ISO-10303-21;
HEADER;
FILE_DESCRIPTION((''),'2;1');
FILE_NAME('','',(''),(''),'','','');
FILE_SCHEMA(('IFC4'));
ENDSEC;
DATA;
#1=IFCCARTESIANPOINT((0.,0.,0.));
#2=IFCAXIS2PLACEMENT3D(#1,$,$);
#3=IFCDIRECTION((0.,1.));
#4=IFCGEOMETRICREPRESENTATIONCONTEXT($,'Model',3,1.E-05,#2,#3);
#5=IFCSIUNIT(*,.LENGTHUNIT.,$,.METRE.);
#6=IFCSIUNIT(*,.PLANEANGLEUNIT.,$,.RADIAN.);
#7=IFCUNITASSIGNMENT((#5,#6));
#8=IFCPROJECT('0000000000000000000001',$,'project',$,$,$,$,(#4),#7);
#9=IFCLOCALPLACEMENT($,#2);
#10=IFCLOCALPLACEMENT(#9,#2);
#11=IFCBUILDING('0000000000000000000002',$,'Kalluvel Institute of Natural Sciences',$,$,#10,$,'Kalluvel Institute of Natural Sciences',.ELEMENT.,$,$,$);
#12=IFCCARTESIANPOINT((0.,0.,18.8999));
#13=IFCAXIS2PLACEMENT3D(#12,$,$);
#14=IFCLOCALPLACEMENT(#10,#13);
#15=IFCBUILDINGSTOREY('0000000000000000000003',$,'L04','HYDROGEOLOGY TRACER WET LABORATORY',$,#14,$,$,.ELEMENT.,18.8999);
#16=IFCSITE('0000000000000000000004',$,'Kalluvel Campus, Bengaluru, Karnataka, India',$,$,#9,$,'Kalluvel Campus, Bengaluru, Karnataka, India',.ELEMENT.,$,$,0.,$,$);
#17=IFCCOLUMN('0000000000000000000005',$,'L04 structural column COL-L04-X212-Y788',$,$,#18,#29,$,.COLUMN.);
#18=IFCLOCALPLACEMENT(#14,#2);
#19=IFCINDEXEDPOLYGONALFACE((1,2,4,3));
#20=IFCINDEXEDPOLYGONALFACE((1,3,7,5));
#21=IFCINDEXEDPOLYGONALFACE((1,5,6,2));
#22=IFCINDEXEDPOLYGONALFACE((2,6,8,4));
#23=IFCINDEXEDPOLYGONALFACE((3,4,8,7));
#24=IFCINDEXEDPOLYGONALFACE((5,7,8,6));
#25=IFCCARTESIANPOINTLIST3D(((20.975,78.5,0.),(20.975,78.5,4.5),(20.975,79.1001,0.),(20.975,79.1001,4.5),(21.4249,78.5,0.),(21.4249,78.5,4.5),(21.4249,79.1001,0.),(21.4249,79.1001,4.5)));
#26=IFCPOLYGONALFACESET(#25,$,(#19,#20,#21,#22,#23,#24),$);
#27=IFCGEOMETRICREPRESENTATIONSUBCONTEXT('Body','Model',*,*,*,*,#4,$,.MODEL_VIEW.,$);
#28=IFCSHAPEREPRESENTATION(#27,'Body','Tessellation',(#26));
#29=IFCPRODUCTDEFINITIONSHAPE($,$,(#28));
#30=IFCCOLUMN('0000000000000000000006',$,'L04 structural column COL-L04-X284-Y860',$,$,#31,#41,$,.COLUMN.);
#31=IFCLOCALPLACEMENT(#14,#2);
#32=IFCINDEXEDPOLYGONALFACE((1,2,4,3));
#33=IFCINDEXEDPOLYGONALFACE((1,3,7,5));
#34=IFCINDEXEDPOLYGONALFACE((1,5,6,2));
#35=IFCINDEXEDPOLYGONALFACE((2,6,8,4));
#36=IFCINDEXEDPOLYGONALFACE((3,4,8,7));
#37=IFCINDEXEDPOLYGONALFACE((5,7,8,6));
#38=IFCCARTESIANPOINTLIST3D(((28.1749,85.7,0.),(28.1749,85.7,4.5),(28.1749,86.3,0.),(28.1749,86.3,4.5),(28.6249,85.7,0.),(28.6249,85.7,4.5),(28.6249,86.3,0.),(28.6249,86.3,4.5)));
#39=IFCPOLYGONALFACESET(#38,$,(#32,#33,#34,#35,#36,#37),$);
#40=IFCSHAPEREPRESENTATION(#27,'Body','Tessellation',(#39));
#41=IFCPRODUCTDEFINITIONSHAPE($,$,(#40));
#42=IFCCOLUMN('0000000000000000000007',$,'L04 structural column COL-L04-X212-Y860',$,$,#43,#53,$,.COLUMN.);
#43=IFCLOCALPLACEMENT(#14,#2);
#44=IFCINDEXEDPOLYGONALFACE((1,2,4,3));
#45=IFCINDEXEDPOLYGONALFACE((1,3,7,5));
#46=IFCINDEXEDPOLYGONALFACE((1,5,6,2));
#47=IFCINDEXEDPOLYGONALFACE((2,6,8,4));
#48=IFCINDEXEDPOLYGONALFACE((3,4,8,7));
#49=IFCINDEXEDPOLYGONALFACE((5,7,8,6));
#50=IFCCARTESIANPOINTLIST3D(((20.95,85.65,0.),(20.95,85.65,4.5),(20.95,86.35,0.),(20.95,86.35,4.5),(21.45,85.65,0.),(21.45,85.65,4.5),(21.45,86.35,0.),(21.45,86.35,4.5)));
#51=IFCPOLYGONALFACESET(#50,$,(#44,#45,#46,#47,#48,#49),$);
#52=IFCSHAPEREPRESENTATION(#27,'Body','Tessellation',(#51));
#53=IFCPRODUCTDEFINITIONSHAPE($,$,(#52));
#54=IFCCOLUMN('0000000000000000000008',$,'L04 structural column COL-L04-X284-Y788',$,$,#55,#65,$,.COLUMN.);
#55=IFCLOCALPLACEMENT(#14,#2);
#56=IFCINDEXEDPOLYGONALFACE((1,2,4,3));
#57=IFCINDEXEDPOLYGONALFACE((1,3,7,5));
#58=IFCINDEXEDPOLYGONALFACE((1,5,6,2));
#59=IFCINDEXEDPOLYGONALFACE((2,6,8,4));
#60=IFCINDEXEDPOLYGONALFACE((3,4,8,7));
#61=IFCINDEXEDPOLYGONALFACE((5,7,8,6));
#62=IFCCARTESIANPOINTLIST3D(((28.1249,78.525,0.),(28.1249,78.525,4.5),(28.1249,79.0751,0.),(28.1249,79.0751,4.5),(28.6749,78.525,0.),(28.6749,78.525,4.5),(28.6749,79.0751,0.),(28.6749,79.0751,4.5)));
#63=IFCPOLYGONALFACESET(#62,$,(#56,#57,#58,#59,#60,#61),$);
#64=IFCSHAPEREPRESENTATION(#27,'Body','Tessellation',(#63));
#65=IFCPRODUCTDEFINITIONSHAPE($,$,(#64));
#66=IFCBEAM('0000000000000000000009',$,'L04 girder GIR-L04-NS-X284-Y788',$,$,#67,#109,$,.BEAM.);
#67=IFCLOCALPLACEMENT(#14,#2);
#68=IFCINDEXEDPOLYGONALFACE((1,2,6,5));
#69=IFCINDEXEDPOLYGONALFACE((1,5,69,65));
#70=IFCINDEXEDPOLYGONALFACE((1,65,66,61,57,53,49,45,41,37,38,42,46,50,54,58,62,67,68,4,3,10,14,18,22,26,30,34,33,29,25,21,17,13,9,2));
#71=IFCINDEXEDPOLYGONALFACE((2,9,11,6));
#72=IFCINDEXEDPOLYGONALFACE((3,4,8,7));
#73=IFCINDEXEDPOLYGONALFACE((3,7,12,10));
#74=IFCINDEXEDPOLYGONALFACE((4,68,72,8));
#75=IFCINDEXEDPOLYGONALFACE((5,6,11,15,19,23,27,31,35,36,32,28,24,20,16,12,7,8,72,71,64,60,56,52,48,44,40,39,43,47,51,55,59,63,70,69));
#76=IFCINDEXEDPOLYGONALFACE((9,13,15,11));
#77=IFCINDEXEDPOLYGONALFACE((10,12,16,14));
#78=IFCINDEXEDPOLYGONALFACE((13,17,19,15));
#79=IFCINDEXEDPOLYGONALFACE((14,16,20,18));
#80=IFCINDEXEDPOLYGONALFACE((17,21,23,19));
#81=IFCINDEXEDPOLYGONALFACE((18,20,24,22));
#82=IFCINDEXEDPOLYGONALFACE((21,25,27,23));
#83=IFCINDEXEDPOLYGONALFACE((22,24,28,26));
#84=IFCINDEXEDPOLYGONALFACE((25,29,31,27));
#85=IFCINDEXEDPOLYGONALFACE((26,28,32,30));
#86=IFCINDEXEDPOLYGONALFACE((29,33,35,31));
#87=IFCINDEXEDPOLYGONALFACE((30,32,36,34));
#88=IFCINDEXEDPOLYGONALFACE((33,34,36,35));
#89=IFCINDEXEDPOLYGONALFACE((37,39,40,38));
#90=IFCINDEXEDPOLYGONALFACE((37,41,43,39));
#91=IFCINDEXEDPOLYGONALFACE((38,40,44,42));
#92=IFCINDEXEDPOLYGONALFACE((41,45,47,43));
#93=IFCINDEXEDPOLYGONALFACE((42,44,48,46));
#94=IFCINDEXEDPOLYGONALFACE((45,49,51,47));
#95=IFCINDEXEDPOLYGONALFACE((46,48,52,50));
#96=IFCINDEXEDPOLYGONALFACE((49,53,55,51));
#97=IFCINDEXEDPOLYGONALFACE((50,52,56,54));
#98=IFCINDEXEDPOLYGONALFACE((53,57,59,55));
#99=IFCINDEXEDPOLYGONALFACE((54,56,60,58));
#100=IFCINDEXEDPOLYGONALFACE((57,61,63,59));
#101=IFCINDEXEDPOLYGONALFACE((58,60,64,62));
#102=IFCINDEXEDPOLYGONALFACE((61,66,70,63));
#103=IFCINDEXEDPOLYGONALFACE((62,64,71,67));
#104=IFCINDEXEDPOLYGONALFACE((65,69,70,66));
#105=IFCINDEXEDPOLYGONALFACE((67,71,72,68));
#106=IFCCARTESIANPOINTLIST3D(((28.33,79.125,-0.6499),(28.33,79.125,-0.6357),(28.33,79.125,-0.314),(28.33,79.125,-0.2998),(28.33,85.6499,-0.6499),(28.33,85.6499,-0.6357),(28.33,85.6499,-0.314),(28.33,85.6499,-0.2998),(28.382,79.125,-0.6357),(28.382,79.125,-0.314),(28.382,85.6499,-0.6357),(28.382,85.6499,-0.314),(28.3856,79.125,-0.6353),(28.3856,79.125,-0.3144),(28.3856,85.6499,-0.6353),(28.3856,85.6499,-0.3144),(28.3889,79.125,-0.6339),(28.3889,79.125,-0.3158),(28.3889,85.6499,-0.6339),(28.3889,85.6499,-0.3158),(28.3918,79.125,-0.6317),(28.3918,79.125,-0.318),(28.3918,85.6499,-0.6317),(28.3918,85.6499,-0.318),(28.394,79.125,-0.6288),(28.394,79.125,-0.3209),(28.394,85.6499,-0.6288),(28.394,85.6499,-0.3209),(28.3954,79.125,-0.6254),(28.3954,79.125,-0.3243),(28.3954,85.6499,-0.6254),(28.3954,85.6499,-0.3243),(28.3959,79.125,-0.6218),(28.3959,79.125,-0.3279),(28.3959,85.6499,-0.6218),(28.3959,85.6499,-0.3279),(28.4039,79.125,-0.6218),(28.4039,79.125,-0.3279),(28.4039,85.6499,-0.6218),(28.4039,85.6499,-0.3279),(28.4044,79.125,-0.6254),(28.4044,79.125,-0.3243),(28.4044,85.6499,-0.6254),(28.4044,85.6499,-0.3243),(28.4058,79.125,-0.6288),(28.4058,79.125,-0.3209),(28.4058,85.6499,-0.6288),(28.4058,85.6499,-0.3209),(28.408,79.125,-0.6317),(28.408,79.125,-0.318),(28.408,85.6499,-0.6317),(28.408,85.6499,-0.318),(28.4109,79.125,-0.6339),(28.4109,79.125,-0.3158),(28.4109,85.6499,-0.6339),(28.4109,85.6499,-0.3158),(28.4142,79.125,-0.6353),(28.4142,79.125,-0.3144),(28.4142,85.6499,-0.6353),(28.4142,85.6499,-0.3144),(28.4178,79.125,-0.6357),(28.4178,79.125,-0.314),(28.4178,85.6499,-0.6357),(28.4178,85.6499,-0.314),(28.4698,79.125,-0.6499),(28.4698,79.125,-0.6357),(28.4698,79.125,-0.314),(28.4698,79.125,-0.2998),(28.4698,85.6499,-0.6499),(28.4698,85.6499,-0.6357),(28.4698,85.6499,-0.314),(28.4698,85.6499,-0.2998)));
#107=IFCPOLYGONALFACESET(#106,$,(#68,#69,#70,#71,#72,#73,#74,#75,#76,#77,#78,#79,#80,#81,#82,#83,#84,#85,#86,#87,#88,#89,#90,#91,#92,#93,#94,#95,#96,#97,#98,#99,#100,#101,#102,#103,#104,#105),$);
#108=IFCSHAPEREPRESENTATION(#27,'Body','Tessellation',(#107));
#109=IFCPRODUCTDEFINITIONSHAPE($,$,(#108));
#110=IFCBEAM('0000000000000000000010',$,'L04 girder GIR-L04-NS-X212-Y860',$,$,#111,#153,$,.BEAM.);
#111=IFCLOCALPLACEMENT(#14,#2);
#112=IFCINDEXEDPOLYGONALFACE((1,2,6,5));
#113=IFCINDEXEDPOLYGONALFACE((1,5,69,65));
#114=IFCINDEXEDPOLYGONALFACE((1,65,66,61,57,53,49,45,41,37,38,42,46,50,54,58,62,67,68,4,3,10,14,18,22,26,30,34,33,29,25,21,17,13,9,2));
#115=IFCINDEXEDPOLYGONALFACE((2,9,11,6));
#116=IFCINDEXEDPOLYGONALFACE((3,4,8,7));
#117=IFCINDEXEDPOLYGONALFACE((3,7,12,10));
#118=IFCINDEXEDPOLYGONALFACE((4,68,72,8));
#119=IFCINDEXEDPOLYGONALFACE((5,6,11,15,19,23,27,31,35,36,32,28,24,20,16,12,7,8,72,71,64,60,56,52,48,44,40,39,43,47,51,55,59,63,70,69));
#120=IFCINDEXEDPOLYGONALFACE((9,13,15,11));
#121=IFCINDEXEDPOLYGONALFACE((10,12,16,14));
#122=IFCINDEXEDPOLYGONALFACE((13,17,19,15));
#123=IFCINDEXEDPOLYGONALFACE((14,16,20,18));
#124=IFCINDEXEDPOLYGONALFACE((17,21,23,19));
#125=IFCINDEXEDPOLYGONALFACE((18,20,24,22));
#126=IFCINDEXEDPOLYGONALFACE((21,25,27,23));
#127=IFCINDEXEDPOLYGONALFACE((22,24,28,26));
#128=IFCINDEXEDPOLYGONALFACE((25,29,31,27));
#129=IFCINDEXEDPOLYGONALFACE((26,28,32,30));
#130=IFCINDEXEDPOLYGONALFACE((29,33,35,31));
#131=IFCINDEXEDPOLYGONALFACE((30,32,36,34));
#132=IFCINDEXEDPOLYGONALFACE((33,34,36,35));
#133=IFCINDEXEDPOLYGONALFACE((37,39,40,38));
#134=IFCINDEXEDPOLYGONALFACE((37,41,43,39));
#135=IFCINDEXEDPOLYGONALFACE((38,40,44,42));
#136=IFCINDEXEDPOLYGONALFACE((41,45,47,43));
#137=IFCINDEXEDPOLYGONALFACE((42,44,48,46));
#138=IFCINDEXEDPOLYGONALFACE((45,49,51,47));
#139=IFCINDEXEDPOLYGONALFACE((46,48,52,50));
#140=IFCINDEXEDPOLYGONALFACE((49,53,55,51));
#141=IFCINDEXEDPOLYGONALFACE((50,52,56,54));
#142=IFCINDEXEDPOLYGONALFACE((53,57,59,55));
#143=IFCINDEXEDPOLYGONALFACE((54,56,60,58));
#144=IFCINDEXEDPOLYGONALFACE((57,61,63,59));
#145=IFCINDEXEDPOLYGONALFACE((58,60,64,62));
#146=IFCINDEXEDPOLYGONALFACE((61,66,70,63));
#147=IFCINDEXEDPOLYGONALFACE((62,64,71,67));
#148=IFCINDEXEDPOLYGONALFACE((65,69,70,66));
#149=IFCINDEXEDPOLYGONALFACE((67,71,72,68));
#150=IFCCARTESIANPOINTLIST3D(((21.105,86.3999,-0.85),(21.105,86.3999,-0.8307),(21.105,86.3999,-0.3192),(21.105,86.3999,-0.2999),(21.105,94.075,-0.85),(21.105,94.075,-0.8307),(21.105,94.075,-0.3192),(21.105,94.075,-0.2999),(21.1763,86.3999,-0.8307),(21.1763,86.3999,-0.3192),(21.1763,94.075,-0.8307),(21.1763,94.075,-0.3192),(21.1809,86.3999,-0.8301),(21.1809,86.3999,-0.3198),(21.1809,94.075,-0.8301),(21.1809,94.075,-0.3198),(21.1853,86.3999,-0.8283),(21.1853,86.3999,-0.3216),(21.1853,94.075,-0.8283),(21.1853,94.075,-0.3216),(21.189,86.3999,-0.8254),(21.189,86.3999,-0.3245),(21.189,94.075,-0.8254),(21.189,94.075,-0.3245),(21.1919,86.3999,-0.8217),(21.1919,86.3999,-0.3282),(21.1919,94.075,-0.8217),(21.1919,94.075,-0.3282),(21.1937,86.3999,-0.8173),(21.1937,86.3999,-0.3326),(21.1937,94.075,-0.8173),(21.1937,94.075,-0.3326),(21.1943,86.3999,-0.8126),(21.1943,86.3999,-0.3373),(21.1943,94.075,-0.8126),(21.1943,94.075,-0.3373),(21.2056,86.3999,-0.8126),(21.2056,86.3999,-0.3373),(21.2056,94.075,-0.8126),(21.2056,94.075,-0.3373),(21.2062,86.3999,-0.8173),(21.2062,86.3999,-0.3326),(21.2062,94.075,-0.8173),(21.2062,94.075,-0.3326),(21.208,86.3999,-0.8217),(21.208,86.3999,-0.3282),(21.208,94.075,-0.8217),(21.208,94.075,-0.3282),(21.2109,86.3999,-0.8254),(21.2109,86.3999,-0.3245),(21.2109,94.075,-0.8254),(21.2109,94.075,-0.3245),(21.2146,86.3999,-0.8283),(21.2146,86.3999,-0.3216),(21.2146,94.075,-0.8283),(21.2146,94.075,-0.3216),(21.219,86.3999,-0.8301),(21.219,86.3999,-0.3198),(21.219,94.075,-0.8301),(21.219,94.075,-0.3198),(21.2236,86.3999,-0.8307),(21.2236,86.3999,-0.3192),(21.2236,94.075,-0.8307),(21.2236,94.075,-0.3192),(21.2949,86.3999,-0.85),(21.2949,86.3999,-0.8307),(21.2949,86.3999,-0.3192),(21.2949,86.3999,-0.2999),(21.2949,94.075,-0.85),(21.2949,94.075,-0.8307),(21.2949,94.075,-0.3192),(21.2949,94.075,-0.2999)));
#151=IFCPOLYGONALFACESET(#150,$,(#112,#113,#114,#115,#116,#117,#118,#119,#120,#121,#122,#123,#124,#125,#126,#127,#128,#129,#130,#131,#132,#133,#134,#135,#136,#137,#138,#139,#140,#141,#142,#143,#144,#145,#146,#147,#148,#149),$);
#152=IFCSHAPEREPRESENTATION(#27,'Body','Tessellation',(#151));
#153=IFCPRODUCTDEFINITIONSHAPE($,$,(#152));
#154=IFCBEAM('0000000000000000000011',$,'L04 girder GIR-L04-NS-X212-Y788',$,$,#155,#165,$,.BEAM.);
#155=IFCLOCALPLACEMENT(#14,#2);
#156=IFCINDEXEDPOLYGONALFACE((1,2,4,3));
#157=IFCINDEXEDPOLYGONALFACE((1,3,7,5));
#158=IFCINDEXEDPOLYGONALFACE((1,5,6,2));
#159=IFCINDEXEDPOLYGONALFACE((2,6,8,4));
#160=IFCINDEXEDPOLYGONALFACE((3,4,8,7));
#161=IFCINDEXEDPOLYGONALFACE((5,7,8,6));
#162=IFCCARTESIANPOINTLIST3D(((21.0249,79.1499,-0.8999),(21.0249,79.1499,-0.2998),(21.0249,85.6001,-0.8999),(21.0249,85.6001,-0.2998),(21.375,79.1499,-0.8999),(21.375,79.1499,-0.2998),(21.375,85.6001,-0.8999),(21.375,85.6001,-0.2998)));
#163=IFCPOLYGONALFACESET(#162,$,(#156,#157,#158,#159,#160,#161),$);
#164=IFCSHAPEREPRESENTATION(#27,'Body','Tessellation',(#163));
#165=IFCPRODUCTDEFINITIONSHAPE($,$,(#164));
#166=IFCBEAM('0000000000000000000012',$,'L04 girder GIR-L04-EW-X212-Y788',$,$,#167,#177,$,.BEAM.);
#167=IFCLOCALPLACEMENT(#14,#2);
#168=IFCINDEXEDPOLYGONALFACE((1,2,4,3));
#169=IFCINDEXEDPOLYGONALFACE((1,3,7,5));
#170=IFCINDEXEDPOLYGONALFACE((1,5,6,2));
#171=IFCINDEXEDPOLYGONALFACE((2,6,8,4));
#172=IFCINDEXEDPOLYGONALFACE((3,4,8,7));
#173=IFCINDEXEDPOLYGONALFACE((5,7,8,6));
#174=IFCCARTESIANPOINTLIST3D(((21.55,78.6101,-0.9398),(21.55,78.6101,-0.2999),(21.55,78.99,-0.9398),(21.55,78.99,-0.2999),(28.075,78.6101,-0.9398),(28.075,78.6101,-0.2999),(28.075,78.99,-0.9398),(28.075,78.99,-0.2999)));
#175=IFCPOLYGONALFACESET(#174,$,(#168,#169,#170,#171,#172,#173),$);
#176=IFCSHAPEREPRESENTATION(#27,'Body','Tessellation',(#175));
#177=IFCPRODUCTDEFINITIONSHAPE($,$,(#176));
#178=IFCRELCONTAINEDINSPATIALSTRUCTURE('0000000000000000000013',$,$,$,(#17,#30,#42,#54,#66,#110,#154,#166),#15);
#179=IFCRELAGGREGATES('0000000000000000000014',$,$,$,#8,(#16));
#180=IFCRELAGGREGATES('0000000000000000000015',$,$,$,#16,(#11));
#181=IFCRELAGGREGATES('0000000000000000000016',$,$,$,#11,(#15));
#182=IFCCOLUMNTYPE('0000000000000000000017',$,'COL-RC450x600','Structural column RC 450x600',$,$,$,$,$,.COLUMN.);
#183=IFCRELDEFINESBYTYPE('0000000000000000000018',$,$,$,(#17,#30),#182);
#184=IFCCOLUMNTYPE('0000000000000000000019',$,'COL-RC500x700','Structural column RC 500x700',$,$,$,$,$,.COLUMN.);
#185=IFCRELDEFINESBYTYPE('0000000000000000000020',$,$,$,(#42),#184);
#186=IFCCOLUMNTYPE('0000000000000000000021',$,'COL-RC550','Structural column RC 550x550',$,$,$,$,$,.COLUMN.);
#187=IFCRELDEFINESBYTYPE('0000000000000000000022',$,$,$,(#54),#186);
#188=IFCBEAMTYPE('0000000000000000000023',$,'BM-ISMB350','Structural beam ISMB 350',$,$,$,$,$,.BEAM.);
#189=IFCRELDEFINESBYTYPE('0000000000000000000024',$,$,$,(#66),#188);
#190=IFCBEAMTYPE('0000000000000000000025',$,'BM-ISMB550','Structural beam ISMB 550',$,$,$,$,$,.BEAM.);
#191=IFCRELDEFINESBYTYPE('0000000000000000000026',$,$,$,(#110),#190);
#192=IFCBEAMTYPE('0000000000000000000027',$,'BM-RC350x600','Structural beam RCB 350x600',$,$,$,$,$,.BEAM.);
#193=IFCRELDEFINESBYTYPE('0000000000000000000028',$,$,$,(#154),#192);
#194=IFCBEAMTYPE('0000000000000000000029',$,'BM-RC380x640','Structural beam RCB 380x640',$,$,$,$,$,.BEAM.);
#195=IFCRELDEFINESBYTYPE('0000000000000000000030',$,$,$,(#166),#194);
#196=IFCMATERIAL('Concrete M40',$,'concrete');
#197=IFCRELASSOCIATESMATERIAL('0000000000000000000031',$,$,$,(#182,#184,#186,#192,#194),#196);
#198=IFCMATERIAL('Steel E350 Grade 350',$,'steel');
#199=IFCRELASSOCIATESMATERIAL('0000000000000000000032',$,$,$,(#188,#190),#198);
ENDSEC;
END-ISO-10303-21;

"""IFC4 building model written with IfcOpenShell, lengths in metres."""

from ifc_helpers import new_model, si_unit, direction, frame, origin, origin_2d, place, context, subcontext, project, spatial, rectangle, i_section, extrude, material, material_profile, profile_set, type_object, element, save


model = new_model("IFC4")

# Units and contexts
model_context = context("Model", 3, precision=1e-05, world=origin(), true_north=direction((0.0, 1.0)))
body_context = subcontext(model_context, "Body", "Model", "MODEL_VIEW")
ifc_project = project(units=[si_unit("LENGTHUNIT", "METRE"), si_unit("PLANEANGLEUNIT", "RADIAN")], contexts=[model_context])

# Site, building, storey
site_placement = place(None, origin())
site = spatial("IfcSite", under=ifc_project, at=site_placement, Name="Kalluvel Campus, Bengaluru, Karnataka, India", LongName="Kalluvel Campus, Bengaluru, Karnataka, India", CompositionType="ELEMENT", RefElevation=0.0)
building_placement = place(site_placement, origin())
building = spatial("IfcBuilding", under=site, at=building_placement, Name="Kalluvel Institute of Natural Sciences", LongName="Kalluvel Institute of Natural Sciences", CompositionType="ELEMENT")
storey_placement = place(building_placement, frame((0.0, 0.0, 18.8999)))
storey = spatial("IfcBuildingStorey", under=building, at=storey_placement, Name="L04", Description="HYDROGEOLOGY TRACER WET LABORATORY", CompositionType="ELEMENT", Elevation=18.8999)

# Columns
ifc_material_1 = material(Name="Concrete M40", Category="concrete")
ifc_material_profile_1 = material_profile(ifc_material_1, rectangle(XDim=0.45, YDim=0.6001, at=origin_2d()), Name="RC 450x600")
ifc_profile_set_1 = profile_set([ifc_material_profile_1], Name="Concrete M40")
column_type_1 = type_object("IfcColumnType", Name="COL-RC450x600", Description="Structural column RC 450x600", PredefinedType="COLUMN", material=ifc_profile_set_1)
for number, where, z_axis, x_axis, name in (
    (1, (21.2, 78.8, 0.0), (0.0, 0.0, 1.0), (1.0, 0.0, 0.0), "L04 structural column COL-L04-X212-Y788"),
    (2, (28.3999, 86.0, 0.0), (0.0, 0.0, 1.0), (1.0, 0.0, 0.0), "L04 structural column COL-L04-X284-Y860"),
):
    element("IfcColumn", number, at=place(storey_placement, frame(where, z_axis=z_axis, x_axis=x_axis)), inside=storey, type_object=column_type_1, Name=name, PredefinedType="COLUMN", context=body_context, shape_type="SweptSolid", body=[
        extrude(rectangle(XDim=0.45, YDim=0.6001, at=origin_2d()), origin(), (0.0, 0.0, 1.0), 4.5),
    ])
ifc_material_profile_2 = material_profile(ifc_material_1, rectangle(XDim=0.5, YDim=0.7, at=origin_2d()), Name="RC 500x700")
ifc_profile_set_2 = profile_set([ifc_material_profile_2], Name="Concrete M40")
column_type_2 = type_object("IfcColumnType", Name="COL-RC500x700", Description="Structural column RC 500x700", PredefinedType="COLUMN", material=ifc_profile_set_2)
column_1_placement = place(storey_placement, frame((21.2, 86.0, 0.0), z_axis=(0.0, 0.0, 1.0), x_axis=(1.0, 0.0, 0.0)))
element("IfcColumn", 3, at=column_1_placement, inside=storey, type_object=column_type_2, Name="L04 structural column COL-L04-X212-Y860", PredefinedType="COLUMN", context=body_context, shape_type="SweptSolid", body=[
    extrude(rectangle(XDim=0.5, YDim=0.7, at=origin_2d()), origin(), (0.0, 0.0, 1.0), 4.5),
])
ifc_material_profile_3 = material_profile(ifc_material_1, rectangle(XDim=0.55, YDim=0.55, at=origin_2d()), Name="RC 550x550")
ifc_profile_set_3 = profile_set([ifc_material_profile_3], Name="Concrete M40")
column_type_3 = type_object("IfcColumnType", Name="COL-RC550", Description="Structural column RC 550x550", PredefinedType="COLUMN", material=ifc_profile_set_3)
column_2_placement = place(storey_placement, frame((28.3999, 78.8, 0.0), z_axis=(0.0, 0.0, 1.0), x_axis=(1.0, 0.0, 0.0)))
element("IfcColumn", 4, at=column_2_placement, inside=storey, type_object=column_type_3, Name="L04 structural column COL-L04-X284-Y788", PredefinedType="COLUMN", context=body_context, shape_type="SweptSolid", body=[
    extrude(rectangle(XDim=0.55, YDim=0.55, at=origin_2d()), origin(), (0.0, 0.0, 1.0), 4.5),
])

# Beams
ifc_material_2 = material(Name="Steel E350 Grade 350", Category="steel")
ifc_material_profile_4 = material_profile(ifc_material_2, i_section(OverallWidth=0.1399, OverallDepth=0.3501, WebThickness=0.0081, FlangeThickness=0.0142, FilletRadius=0.0139, at=origin_2d()), Name="ISMB 350")
ifc_profile_set_4 = profile_set([ifc_material_profile_4], Name="Steel E350 Grade 350")
beam_type_1 = type_object("IfcBeamType", Name="BM-ISMB350", Description="Structural beam ISMB 350", PredefinedType="BEAM", material=ifc_profile_set_4)
beam_1_placement = place(storey_placement, frame((28.3999, 79.125, -0.4749), z_axis=(0.0, 1.0, 0.0), x_axis=(-1.0, 0.0, 0.0)))
element("IfcBeam", 5, at=beam_1_placement, inside=storey, type_object=beam_type_1, Name="L04 girder GIR-L04-NS-X284-Y788", PredefinedType="BEAM", context=body_context, shape_type="SweptSolid", body=[
    extrude(i_section(OverallWidth=0.1399, OverallDepth=0.3501, WebThickness=0.0081, FlangeThickness=0.0142, FilletRadius=0.0139, at=origin_2d()), origin(), (0.0, 0.0, 1.0), 6.5249),
])
ifc_material_profile_5 = material_profile(ifc_material_2, i_section(OverallWidth=0.1899, OverallDepth=0.55, WebThickness=0.0112, FlangeThickness=0.0193, FilletRadius=0.0181, at=origin_2d()), Name="ISMB 550")
ifc_profile_set_5 = profile_set([ifc_material_profile_5], Name="Steel E350 Grade 350")
beam_type_2 = type_object("IfcBeamType", Name="BM-ISMB550", Description="Structural beam ISMB 550", PredefinedType="BEAM", material=ifc_profile_set_5)
beam_2_placement = place(storey_placement, frame((21.2, 86.3999, -0.575), z_axis=(0.0, 1.0, 0.0), x_axis=(-1.0, 0.0, 0.0)))
element("IfcBeam", 6, at=beam_2_placement, inside=storey, type_object=beam_type_2, Name="L04 girder GIR-L04-NS-X212-Y860", PredefinedType="BEAM", context=body_context, shape_type="SweptSolid", body=[
    extrude(i_section(OverallWidth=0.1899, OverallDepth=0.55, WebThickness=0.0112, FlangeThickness=0.0193, FilletRadius=0.0181, at=origin_2d()), origin(), (0.0, 0.0, 1.0), 7.675),
])
ifc_material_profile_6 = material_profile(ifc_material_1, rectangle(XDim=0.3501, YDim=0.6001, at=origin_2d()), Name="RCB 350x600")
ifc_profile_set_6 = profile_set([ifc_material_profile_6], Name="Concrete M40")
beam_type_3 = type_object("IfcBeamType", Name="BM-RC350x600", Description="Structural beam RCB 350x600", PredefinedType="BEAM", material=ifc_profile_set_6)
beam_3_placement = place(storey_placement, frame((21.2, 79.1499, -0.5999), z_axis=(0.0, 1.0, 0.0), x_axis=(-1.0, 0.0, 0.0)))
element("IfcBeam", 7, at=beam_3_placement, inside=storey, type_object=beam_type_3, Name="L04 girder GIR-L04-NS-X212-Y788", PredefinedType="BEAM", context=body_context, shape_type="SweptSolid", body=[
    extrude(rectangle(XDim=0.3501, YDim=0.6001, at=origin_2d()), origin(), (0.0, 0.0, 1.0), 6.4502),
])
ifc_material_profile_7 = material_profile(ifc_material_1, rectangle(XDim=0.3799, YDim=0.6399, at=origin_2d()), Name="RCB 380x640")
ifc_profile_set_7 = profile_set([ifc_material_profile_7], Name="Concrete M40")
beam_type_4 = type_object("IfcBeamType", Name="BM-RC380x640", Description="Structural beam RCB 380x640", PredefinedType="BEAM", material=ifc_profile_set_7)
beam_4_placement = place(storey_placement, frame((21.55, 78.8, -0.6199), z_axis=(1.0, 0.0, 0.0), x_axis=(0.0, 1.0, 0.0)))
element("IfcBeam", 8, at=beam_4_placement, inside=storey, type_object=beam_type_4, Name="L04 girder GIR-L04-EW-X212-Y788", PredefinedType="BEAM", context=body_context, shape_type="SweptSolid", body=[
    extrude(rectangle(XDim=0.3799, YDim=0.6399, at=origin_2d()), origin(), (0.0, 0.0, 1.0), 6.5249),
])

save(model, "model.ifc")
